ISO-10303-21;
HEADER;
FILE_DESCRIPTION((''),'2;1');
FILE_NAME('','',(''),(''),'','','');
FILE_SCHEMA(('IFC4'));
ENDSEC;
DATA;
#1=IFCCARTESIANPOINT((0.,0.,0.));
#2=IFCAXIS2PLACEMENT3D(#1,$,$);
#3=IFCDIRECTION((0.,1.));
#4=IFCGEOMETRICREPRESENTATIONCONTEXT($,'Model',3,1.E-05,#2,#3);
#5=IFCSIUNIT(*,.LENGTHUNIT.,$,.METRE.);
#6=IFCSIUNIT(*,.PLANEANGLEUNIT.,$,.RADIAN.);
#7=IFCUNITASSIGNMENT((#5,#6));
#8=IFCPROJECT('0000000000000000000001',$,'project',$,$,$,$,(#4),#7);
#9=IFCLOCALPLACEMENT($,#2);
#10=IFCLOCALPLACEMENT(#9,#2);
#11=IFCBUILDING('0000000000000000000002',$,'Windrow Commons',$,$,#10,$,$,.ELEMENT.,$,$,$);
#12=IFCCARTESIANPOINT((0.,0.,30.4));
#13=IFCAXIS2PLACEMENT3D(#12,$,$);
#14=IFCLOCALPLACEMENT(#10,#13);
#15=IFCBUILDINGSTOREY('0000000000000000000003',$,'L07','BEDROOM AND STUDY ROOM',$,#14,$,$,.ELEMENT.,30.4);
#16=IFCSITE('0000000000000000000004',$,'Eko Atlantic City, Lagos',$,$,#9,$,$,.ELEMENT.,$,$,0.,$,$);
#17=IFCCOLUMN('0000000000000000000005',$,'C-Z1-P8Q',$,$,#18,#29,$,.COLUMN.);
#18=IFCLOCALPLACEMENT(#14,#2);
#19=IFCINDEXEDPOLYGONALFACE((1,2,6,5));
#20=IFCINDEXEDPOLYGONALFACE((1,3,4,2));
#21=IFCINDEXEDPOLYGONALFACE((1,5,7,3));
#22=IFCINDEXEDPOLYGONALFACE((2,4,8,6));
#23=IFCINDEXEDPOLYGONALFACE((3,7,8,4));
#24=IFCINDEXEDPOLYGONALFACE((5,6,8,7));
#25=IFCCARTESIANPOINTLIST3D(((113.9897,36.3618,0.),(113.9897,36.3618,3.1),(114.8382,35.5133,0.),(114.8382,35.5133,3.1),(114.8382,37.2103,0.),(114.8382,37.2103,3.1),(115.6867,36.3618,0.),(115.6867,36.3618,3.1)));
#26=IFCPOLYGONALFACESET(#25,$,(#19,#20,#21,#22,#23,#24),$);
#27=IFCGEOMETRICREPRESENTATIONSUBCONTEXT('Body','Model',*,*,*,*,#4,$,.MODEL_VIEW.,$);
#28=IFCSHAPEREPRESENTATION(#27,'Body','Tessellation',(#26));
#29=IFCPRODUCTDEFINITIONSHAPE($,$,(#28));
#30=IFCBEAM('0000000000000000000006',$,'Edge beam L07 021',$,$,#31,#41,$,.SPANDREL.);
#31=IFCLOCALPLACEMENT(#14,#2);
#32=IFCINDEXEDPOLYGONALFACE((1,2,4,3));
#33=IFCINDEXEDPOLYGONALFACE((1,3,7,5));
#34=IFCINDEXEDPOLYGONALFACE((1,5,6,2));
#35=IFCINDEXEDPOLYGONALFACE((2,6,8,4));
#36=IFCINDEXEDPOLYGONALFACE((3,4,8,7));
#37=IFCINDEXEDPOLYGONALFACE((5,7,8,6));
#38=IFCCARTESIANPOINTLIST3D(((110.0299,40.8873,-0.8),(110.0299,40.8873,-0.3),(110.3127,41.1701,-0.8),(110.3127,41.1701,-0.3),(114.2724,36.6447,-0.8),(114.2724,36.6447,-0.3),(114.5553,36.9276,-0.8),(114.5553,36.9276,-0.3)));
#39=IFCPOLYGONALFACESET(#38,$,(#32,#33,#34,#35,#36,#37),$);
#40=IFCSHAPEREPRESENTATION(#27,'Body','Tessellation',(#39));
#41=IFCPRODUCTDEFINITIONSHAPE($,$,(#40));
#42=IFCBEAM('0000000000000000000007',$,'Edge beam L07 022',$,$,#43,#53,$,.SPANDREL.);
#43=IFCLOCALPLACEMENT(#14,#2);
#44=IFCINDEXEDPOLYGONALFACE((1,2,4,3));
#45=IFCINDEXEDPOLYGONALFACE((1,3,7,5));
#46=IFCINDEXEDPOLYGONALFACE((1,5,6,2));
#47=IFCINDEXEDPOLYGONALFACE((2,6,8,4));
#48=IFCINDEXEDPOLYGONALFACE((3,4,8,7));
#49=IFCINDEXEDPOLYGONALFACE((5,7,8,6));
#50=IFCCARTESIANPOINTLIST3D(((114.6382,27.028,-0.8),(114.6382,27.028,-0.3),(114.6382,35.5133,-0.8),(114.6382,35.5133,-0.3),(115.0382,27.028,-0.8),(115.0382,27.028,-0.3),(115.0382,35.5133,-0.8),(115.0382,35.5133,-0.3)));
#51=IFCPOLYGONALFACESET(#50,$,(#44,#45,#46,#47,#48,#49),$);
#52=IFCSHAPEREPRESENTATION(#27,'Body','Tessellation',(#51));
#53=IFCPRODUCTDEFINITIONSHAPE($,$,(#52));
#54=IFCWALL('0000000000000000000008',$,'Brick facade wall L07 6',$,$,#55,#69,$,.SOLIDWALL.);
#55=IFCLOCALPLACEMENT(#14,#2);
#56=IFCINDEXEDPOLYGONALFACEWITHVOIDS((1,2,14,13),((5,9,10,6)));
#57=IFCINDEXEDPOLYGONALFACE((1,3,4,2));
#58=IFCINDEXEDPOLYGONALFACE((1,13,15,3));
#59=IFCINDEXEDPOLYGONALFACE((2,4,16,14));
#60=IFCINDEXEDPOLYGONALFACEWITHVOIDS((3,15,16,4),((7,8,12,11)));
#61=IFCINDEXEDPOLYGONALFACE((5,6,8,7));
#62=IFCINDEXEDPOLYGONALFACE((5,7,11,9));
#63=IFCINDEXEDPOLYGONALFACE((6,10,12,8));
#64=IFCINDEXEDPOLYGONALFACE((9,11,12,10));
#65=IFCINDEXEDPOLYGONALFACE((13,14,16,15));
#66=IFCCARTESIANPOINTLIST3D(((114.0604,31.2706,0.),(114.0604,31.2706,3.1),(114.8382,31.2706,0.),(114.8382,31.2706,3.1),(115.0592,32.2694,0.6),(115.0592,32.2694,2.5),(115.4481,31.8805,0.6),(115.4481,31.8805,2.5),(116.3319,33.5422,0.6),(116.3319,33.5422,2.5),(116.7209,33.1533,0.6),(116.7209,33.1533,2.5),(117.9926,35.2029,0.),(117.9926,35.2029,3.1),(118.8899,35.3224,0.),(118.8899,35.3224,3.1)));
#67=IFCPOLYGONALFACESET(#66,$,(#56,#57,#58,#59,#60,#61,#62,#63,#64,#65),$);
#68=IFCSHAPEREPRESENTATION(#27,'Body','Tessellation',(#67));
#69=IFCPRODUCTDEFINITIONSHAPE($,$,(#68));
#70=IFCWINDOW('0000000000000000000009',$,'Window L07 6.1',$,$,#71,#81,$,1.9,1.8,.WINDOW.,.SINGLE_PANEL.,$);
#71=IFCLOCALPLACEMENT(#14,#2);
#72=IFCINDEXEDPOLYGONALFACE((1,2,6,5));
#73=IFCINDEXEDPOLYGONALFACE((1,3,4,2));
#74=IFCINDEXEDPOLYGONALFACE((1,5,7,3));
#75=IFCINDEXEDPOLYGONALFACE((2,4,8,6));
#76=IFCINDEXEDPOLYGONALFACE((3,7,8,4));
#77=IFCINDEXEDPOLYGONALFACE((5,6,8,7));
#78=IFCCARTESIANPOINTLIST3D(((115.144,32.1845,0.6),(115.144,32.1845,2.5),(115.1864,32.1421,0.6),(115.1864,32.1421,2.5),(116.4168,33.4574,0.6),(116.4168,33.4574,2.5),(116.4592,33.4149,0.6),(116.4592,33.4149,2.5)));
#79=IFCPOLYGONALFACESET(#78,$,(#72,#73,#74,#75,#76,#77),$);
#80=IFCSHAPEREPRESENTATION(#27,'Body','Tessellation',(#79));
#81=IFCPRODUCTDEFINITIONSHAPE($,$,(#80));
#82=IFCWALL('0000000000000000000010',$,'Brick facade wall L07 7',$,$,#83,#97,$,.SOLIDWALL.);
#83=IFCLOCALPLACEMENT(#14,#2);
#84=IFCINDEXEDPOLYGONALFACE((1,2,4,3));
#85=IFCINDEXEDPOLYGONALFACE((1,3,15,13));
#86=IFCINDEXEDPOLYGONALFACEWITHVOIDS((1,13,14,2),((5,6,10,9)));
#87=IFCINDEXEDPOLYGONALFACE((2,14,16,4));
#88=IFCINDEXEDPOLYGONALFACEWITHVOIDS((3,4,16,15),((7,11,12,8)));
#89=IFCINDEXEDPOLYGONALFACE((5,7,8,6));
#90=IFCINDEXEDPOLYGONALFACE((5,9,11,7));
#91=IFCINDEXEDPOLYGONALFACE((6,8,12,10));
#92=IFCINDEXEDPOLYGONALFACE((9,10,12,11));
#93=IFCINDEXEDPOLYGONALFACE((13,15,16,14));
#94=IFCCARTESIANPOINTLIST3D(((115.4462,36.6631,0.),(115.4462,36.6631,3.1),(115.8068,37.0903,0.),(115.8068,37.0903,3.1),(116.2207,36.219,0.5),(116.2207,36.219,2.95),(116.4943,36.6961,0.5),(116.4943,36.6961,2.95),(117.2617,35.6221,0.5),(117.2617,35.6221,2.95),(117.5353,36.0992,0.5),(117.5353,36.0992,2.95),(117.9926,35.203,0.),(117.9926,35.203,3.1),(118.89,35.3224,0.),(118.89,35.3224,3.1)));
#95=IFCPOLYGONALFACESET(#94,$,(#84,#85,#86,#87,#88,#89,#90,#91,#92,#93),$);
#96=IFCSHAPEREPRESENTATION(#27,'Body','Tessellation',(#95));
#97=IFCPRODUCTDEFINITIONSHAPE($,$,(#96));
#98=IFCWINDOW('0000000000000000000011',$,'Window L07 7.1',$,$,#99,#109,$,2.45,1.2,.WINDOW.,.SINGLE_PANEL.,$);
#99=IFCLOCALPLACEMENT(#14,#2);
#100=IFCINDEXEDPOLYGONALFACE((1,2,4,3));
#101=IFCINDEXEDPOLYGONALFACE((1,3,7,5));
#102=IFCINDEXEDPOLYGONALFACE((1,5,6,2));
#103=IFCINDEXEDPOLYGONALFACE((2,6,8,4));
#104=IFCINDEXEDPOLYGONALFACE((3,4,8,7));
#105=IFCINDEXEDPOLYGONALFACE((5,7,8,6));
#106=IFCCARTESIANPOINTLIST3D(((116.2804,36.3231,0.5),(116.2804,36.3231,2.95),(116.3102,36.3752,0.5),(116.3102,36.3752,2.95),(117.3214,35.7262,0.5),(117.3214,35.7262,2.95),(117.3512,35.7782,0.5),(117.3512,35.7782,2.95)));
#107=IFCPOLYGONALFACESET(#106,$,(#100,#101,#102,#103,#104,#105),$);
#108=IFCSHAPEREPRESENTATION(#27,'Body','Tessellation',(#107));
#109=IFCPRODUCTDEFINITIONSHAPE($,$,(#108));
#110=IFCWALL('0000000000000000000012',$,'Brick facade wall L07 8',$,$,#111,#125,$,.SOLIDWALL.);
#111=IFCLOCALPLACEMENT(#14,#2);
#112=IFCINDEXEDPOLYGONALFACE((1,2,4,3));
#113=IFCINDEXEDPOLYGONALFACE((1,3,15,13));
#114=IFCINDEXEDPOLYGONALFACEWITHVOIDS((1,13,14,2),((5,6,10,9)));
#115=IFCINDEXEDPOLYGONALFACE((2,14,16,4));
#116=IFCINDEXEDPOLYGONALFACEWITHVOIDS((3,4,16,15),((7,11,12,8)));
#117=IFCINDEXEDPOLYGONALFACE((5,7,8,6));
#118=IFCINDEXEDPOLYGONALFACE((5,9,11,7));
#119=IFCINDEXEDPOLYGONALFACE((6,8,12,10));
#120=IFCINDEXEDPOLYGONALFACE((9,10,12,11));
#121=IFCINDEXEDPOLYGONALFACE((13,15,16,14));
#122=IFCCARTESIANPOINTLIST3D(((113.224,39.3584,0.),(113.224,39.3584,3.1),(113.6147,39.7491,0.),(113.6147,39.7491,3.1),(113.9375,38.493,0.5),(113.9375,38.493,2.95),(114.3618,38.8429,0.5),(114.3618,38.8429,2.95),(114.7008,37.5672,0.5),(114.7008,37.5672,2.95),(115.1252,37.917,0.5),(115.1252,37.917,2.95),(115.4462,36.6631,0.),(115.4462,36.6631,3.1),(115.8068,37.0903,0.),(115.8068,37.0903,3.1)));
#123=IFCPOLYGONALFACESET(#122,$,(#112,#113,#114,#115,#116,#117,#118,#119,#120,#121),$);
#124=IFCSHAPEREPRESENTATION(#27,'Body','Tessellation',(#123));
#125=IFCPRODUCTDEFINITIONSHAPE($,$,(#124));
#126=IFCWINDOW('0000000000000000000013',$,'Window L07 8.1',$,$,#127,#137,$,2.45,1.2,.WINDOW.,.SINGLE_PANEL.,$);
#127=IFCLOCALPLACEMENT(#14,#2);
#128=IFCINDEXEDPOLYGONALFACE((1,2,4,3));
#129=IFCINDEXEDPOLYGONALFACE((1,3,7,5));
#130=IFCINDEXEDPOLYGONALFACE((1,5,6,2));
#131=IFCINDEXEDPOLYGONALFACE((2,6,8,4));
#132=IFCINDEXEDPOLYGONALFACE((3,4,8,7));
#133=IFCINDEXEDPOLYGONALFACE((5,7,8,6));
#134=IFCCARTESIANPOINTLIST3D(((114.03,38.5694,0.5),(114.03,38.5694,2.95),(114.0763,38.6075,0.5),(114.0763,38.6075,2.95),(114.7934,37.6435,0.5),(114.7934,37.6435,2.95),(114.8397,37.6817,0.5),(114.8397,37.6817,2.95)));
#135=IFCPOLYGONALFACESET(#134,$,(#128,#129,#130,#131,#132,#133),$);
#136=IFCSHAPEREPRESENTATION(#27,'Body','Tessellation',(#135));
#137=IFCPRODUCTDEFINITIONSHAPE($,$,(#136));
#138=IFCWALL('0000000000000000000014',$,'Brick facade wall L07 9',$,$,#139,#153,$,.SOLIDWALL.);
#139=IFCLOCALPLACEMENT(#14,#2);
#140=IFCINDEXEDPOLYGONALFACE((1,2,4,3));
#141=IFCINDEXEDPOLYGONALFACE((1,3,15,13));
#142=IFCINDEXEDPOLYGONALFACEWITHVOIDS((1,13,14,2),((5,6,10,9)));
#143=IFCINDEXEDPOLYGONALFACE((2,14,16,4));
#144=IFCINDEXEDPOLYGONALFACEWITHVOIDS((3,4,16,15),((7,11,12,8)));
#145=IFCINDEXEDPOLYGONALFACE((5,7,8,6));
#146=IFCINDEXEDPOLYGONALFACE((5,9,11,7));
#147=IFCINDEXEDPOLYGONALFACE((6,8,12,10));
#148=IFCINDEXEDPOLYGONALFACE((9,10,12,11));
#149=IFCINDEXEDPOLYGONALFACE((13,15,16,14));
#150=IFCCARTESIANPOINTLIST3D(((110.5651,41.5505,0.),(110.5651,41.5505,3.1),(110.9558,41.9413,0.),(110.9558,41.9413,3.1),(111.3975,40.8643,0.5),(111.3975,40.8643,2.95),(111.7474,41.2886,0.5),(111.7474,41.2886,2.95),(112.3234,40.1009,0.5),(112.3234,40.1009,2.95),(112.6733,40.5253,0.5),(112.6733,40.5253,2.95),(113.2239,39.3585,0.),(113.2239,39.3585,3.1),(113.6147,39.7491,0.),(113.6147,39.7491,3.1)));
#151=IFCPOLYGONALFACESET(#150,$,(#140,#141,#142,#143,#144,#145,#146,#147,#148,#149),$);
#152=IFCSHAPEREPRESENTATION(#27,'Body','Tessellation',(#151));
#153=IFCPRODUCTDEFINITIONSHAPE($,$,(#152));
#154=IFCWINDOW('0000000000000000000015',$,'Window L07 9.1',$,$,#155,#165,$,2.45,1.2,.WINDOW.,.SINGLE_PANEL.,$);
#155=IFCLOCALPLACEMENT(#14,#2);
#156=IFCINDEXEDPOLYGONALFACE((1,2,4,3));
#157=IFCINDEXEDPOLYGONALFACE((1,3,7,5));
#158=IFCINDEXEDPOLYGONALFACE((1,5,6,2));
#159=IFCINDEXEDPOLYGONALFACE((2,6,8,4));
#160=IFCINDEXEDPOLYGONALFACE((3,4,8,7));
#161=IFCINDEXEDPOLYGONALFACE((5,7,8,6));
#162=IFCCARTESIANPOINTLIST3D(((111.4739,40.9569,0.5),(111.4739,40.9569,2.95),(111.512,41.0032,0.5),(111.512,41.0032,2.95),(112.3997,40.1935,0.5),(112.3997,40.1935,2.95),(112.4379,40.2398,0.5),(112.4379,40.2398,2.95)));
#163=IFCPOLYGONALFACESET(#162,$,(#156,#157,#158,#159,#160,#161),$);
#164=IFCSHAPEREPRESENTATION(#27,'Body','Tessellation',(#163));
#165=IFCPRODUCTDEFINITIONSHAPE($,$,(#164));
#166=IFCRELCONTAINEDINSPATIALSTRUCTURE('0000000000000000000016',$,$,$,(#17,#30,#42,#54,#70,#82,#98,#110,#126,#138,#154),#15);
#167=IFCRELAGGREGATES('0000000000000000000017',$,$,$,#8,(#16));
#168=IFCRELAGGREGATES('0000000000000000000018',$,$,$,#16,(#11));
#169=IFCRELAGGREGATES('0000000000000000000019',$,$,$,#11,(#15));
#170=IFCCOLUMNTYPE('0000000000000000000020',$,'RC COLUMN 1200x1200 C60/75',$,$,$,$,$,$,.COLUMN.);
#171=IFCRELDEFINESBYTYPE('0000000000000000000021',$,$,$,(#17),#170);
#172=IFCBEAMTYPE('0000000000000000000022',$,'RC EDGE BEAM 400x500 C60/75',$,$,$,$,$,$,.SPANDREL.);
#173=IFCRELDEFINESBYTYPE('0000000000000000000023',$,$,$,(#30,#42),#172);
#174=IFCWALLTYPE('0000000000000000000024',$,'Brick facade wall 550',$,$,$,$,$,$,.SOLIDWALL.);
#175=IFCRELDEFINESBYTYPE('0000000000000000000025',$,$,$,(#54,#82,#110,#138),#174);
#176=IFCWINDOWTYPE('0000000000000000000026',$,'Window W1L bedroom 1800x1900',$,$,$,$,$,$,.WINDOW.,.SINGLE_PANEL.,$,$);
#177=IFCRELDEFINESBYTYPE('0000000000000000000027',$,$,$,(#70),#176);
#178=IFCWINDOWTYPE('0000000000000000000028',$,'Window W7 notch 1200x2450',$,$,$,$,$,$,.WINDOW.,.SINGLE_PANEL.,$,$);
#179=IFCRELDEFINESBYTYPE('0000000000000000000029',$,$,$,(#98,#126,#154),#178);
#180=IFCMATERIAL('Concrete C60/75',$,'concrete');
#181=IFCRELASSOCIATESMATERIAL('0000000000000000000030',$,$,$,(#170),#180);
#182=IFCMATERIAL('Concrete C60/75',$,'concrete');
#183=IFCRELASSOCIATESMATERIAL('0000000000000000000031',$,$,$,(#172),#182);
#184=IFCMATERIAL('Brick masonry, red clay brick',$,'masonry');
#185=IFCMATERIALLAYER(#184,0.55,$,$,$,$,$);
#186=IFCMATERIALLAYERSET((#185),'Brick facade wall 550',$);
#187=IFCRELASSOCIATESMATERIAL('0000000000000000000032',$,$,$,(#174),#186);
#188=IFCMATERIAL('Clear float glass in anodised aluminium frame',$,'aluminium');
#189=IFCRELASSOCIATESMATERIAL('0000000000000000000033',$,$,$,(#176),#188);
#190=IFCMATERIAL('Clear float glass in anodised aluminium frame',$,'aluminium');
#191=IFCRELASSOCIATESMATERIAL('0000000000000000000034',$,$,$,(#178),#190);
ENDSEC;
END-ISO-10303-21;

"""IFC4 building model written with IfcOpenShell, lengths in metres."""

from ifc_helpers import new_model, si_unit, direction, frame, frame_2d, origin, origin_2d, place, context, subcontext, project, spatial, polyline, rectangle, outline, extrude, material, layer, layer_set, material_profile, profile_set, type_object, element, fill, save


model = new_model("IFC4")

# Units and contexts
model_context = context("Model", 3, precision=1e-05, world=origin(), true_north=direction((0.0, 1.0)))
body_context = subcontext(model_context, "Body", "Model", "MODEL_VIEW")
ifc_project = project(units=[si_unit("LENGTHUNIT", "METRE"), si_unit("PLANEANGLEUNIT", "RADIAN")], contexts=[model_context])

# Site, building, storey
site_placement = place(None, origin())
site = spatial("IfcSite", under=ifc_project, at=site_placement, Name="Eko Atlantic City, Lagos", CompositionType="ELEMENT", RefElevation=0.0)
building_placement = place(site_placement, origin())
building = spatial("IfcBuilding", under=site, at=building_placement, Name="Windrow Commons", CompositionType="ELEMENT")
storey_placement = place(building_placement, frame((0.0, 0.0, 30.4)))
storey = spatial("IfcBuildingStorey", under=building, at=storey_placement, Name="L07", Description="BEDROOM AND STUDY ROOM", CompositionType="ELEMENT", Elevation=30.4)

# Column
ifc_material_1 = material(Name="Concrete C60/75", Category="concrete")
ifc_material_profile_1 = material_profile(ifc_material_1, rectangle(XDim=1.2, YDim=1.2, at=origin_2d()))
ifc_profile_set_1 = profile_set([ifc_material_profile_1], Name="Concrete C60/75")
column_type = type_object("IfcColumnType", Name="RC COLUMN 1200x1200 C60/75", PredefinedType="COLUMN", material=ifc_profile_set_1)
column_placement = place(storey_placement, frame((114.8382, 36.3618, 0.0), z_axis=(0.0, 0.0, 1.0), x_axis=(0.707107, -0.707107, 0.0)))
element("IfcColumn", 1, at=column_placement, inside=storey, type_object=column_type, Name="C-Z1-P8Q", PredefinedType="COLUMN", context=body_context, shape_type="SweptSolid", body=[
    extrude(rectangle(XDim=1.2, YDim=1.2, at=origin_2d()), origin(), (0.0, 0.0, 1.0), 3.1),
])

# Beams
ifc_material_2 = material(Name="Concrete C60/75", Category="concrete")
ifc_material_profile_2 = material_profile(ifc_material_2, rectangle(XDim=0.4, YDim=0.5, at=origin_2d()))
ifc_profile_set_2 = profile_set([ifc_material_profile_2], Name="Concrete C60/75")
beam_type = type_object("IfcBeamType", Name="RC EDGE BEAM 400x500 C60/75", PredefinedType="SPANDREL", material=ifc_profile_set_2)
beam_1_placement = place(storey_placement, frame((110.1713, 41.0287, -0.55), z_axis=(0.707107, -0.707107, 0.0), x_axis=(0.707107, 0.707107, 0.0)))
element("IfcBeam", 2, at=beam_1_placement, inside=storey, type_object=beam_type, Name="Edge beam L07 021", PredefinedType="SPANDREL", context=body_context, shape_type="SweptSolid", body=[
    extrude(rectangle(XDim=0.4, YDim=0.5, at=origin_2d()), origin(), (0.0, 0.0, 1.0), 5.9999),
])
beam_2_placement = place(storey_placement, frame((114.8382, 35.5133, -0.55), z_axis=(0.0, -1.0, 0.0), x_axis=(1.0, 0.0, 0.0)))
element("IfcBeam", 3, at=beam_2_placement, inside=storey, type_object=beam_type, Name="Edge beam L07 022", PredefinedType="SPANDREL", context=body_context, shape_type="SweptSolid", body=[
    extrude(rectangle(XDim=0.4, YDim=0.5, at=origin_2d()), origin(), (0.0, 0.0, 1.0), 8.4853),
])

# Walls, openings, windows
ifc_material_3 = material(Name="Brick masonry, red clay brick", Category="masonry")
ifc_layer_1 = layer(ifc_material_3, 0.55)
ifc_layer_set_1 = layer_set([ifc_layer_1], Name="Brick facade wall 550")
wall_type_1 = type_object("IfcWallType", Name="Brick facade wall 550", PredefinedType="SOLIDWALL", material=ifc_layer_set_1)
wall_1_placement = place(storey_placement, frame((114.4493, 31.2706, 0.0), z_axis=(0.0, 0.0, 1.0), x_axis=(0.707098, 0.707116, 0.0)))
wall_1 = element("IfcWall", 4, at=wall_1_placement, inside=storey, type_object=wall_type_1, Name="Brick facade wall L07 6", PredefinedType="SOLIDWALL", context=body_context, shape_type="SweptSolid", body=[
    extrude(outline(polyline([(0.275, -0.275), (6.005, -0.275), (5.2861, 0.275), (-0.275, 0.275), (0.275, -0.275)])), origin(), (0.0, 0.0, 1.0), 3.1),
])
opening_1_placement = place(wall_1_placement, frame((1.1375, 0.0, 0.6)))
opening_1 = element("IfcOpeningElement", 5, at=opening_1_placement, cuts=wall_1, PredefinedType="OPENING", context=body_context, shape_type="SweptSolid", body=[
    extrude(rectangle(XDim=1.8, YDim=1.9, at=frame_2d((0.9, 0.95))), frame((0.0, 0.285, 0.0), z_axis=(0.0, -1.0, 0.0), x_axis=(1.0, 0.0, 0.0)), (0.0, 0.0, 1.0), 0.57),
])
ifc_material_4 = material(Name="Clear float glass in anodised aluminium frame", Category="aluminium")
window_type_1 = type_object("IfcWindowType", Name="Window W1L bedroom 1800x1900", PartitioningType="SINGLE_PANEL", PredefinedType="WINDOW", material=ifc_material_4)
window_1_placement = place(opening_1_placement, origin())
window_1 = element("IfcWindow", 6, at=window_1_placement, inside=storey, type_object=window_type_1, Name="Window L07 6.1", OverallHeight=1.9, OverallWidth=1.8, PartitioningType="SINGLE_PANEL", PredefinedType="WINDOW", context=body_context, shape_type="SweptSolid", body=[
    extrude(rectangle(XDim=1.8, YDim=1.9, at=frame_2d((0.9, 0.95))), frame((0.0, 0.155, 0.0), z_axis=(0.0, -1.0, 0.0), x_axis=(1.0, 0.0, 0.0)), (0.0, 0.0, 1.0), 0.06),
])
fill(opening_1, window_1)
wall_2_placement = place(storey_placement, frame((118.4413, 35.2627, 0.0), z_axis=(0.0, 0.0, 1.0), x_axis=(-0.867506, 0.497426, 0.0)))
wall_2 = element("IfcWall", 7, at=wall_2_placement, inside=storey, type_object=wall_type_1, Name="Brick facade wall L07 7", PredefinedType="SOLIDWALL", context=body_context, shape_type="SweptSolid", body=[
    extrude(outline(polyline([(-0.3595, -0.275), (3.1945, -0.275), (3.2948, 0.275), (0.3595, 0.275), (-0.3595, -0.275)])), origin(), (0.0, 0.0, 1.0), 3.1),
])
opening_2_placement = place(wall_2_placement, frame((1.2021, 0.0, 0.5)))
opening_2 = element("IfcOpeningElement", 8, at=opening_2_placement, cuts=wall_2, PredefinedType="OPENING", context=body_context, shape_type="SweptSolid", body=[
    extrude(rectangle(XDim=1.2, YDim=2.45, at=frame_2d((0.6, 1.225))), frame((0.0, 0.285, 0.0), z_axis=(0.0, -1.0, 0.0), x_axis=(1.0, 0.0, 0.0)), (0.0, 0.0, 1.0), 0.57),
])
ifc_material_5 = material(Name="Clear float glass in anodised aluminium frame", Category="aluminium")
window_type_2 = type_object("IfcWindowType", Name="Window W7 notch 1200x2450", PartitioningType="SINGLE_PANEL", PredefinedType="WINDOW", material=ifc_material_5)
window_2_placement = place(opening_2_placement, origin())
window_2 = element("IfcWindow", 9, at=window_2_placement, inside=storey, type_object=window_type_2, Name="Window L07 7.1", OverallHeight=2.45, OverallWidth=1.2, PartitioningType="SINGLE_PANEL", PredefinedType="WINDOW", context=body_context, shape_type="SweptSolid", body=[
    extrude(rectangle(XDim=1.2, YDim=2.45, at=frame_2d((0.6, 1.225))), frame((0.0, 0.155, 0.0), z_axis=(0.0, -1.0, 0.0), x_axis=(1.0, 0.0, 0.0)), (0.0, 0.0, 1.0), 0.06),
])
fill(opening_2, window_2)
wall_3_placement = place(storey_placement, frame((115.6265, 36.8767, 0.0), z_axis=(0.0, 0.0, 1.0), x_axis=(-0.636142, 0.771572, 0.0)))
wall_3 = element("IfcWall", 10, at=wall_3_placement, inside=storey, type_object=wall_type_1, Name="Brick facade wall L07 8", PredefinedType="SOLIDWALL", context=body_context, shape_type="SweptSolid", body=[
    extrude(outline(polyline([(0.0501, -0.275), (3.4961, -0.275), (3.4432, 0.275), (-0.0501, 0.275), (0.0501, -0.275)])), origin(), (0.0, 0.0, 1.0), 3.1),
])
opening_3_placement = place(wall_3_placement, frame((1.1216, 0.0, 0.5)))
opening_3 = element("IfcOpeningElement", 11, at=opening_3_placement, cuts=wall_3, PredefinedType="OPENING", context=body_context, shape_type="SweptSolid", body=[
    extrude(rectangle(XDim=1.2, YDim=2.45, at=frame_2d((0.6, 1.225))), frame((0.0, 0.285, 0.0), z_axis=(0.0, -1.0, 0.0), x_axis=(1.0, 0.0, 0.0)), (0.0, 0.0, 1.0), 0.57),
])
window_3_placement = place(opening_3_placement, origin())
window_3 = element("IfcWindow", 12, at=window_3_placement, inside=storey, type_object=window_type_2, Name="Window L07 8.1", OverallHeight=2.45, OverallWidth=1.2, PartitioningType="SINGLE_PANEL", PredefinedType="WINDOW", context=body_context, shape_type="SweptSolid", body=[
    extrude(rectangle(XDim=1.2, YDim=2.45, at=frame_2d((0.6, 1.225))), frame((0.0, 0.155, 0.0), z_axis=(0.0, -1.0, 0.0), x_axis=(1.0, 0.0, 0.0)), (0.0, 0.0, 1.0), 0.06),
])
fill(opening_3, window_3)
wall_4_placement = place(storey_placement, frame((113.4193, 39.5538, 0.0), z_axis=(0.0, 0.0, 1.0), x_axis=(-0.771574, 0.636139, 0.0)))
wall_4 = element("IfcWall", 13, at=wall_4_placement, inside=storey, type_object=wall_type_1, Name="Brick facade wall L07 9", PredefinedType="SOLIDWALL", context=body_context, shape_type="SweptSolid", body=[
    extrude(outline(polyline([(-0.0265, -0.275), (3.4195, -0.275), (3.4724, 0.275), (0.0265, 0.275), (-0.0265, -0.275)])), origin(), (0.0, 0.0, 1.0), 3.1),
])
opening_4_placement = place(wall_4_placement, frame((1.1936, 0.0, 0.5)))
opening_4 = element("IfcOpeningElement", 14, at=opening_4_placement, cuts=wall_4, PredefinedType="OPENING", context=body_context, shape_type="SweptSolid", body=[
    extrude(rectangle(XDim=1.2, YDim=2.45, at=frame_2d((0.6, 1.225))), frame((0.0, 0.285, 0.0), z_axis=(0.0, -1.0, 0.0), x_axis=(1.0, 0.0, 0.0)), (0.0, 0.0, 1.0), 0.57),
])
window_4_placement = place(opening_4_placement, origin())
window_4 = element("IfcWindow", 15, at=window_4_placement, inside=storey, type_object=window_type_2, Name="Window L07 9.1", OverallHeight=2.45, OverallWidth=1.2, PartitioningType="SINGLE_PANEL", PredefinedType="WINDOW", context=body_context, shape_type="SweptSolid", body=[
    extrude(rectangle(XDim=1.2, YDim=2.45, at=frame_2d((0.6, 1.225))), frame((0.0, 0.155, 0.0), z_axis=(0.0, -1.0, 0.0), x_axis=(1.0, 0.0, 0.0)), (0.0, 0.0, 1.0), 0.06),
])
fill(opening_4, window_4)

save(model, "model.ifc")
